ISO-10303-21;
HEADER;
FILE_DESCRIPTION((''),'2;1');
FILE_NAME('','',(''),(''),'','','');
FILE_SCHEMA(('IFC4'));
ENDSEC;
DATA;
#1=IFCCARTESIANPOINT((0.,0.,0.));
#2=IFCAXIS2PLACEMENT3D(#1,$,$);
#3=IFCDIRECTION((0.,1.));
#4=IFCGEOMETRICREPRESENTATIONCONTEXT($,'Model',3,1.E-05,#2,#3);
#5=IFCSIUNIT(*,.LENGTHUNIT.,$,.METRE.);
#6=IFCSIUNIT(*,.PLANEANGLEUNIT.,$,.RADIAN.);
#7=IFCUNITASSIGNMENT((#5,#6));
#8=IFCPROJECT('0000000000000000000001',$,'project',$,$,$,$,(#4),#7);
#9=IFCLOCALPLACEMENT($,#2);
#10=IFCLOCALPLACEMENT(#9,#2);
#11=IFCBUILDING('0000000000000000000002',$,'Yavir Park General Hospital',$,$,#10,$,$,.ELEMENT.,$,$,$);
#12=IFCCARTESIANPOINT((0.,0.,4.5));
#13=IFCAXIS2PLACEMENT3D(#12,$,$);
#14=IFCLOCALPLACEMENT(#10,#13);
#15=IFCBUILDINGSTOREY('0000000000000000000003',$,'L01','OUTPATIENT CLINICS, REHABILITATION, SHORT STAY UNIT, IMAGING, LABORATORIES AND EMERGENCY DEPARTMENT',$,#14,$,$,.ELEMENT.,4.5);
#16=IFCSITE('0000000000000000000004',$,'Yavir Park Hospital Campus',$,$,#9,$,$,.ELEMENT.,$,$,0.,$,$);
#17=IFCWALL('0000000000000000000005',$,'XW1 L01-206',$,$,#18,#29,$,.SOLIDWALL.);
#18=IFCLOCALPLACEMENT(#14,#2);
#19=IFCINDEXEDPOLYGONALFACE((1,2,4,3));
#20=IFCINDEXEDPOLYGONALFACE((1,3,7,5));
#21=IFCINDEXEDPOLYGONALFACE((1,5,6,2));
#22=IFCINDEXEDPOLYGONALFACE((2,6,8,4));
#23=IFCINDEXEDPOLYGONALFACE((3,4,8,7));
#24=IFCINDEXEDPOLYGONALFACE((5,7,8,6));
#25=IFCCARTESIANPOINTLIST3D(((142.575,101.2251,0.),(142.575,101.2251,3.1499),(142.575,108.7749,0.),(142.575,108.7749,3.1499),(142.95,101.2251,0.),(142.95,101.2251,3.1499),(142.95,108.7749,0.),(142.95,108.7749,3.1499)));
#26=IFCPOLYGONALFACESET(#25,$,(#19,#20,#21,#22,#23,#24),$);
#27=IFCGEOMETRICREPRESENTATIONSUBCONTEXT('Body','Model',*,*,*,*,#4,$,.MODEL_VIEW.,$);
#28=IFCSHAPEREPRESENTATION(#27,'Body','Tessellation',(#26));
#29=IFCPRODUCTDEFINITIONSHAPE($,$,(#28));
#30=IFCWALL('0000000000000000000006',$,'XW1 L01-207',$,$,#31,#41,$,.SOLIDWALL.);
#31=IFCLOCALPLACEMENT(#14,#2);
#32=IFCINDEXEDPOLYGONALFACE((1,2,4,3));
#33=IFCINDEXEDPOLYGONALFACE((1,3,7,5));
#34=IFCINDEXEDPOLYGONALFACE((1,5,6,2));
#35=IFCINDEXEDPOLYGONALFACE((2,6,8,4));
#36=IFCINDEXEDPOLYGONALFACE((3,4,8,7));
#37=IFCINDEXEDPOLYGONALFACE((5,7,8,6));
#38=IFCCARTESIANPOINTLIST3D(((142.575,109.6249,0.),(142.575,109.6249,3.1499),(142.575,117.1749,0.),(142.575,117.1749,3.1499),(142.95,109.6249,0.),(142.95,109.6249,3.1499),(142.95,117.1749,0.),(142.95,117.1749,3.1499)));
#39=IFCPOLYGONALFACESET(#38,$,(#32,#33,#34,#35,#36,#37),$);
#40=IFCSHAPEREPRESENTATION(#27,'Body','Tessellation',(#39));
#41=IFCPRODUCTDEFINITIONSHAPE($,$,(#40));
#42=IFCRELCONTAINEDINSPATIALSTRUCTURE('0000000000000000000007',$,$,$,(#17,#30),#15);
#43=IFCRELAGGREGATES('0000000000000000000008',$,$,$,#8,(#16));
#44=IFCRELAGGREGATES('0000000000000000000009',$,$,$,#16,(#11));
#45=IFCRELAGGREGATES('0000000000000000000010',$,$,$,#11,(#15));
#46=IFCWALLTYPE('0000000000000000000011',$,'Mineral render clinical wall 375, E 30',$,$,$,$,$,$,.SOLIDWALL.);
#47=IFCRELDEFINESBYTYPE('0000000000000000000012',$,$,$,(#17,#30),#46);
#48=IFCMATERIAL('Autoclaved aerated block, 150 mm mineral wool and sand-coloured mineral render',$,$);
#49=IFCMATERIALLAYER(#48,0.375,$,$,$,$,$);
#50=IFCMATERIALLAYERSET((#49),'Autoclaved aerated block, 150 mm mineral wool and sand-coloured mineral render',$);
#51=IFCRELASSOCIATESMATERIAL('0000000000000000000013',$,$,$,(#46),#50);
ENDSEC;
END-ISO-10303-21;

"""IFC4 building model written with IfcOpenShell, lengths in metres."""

from ifc_helpers import new_model, si_unit, direction, frame, frame_2d, origin, place, context, subcontext, project, spatial, rectangle, extrude, material, layer, layer_set, type_object, element, save


model = new_model("IFC4")

# Units and contexts
model_context = context("Model", 3, precision=1e-05, world=origin(), true_north=direction((0.0, 1.0)))
body_context = subcontext(model_context, "Body", "Model", "MODEL_VIEW")
ifc_project = project(units=[si_unit("LENGTHUNIT", "METRE"), si_unit("PLANEANGLEUNIT", "RADIAN")], contexts=[model_context])

# Site, building, storey
site_placement = place(None, origin())
site = spatial("IfcSite", under=ifc_project, at=site_placement, Name="Yavir Park Hospital Campus", CompositionType="ELEMENT", RefElevation=0.0)
building_placement = place(site_placement, origin())
building = spatial("IfcBuilding", under=site, at=building_placement, Name="Yavir Park General Hospital", CompositionType="ELEMENT")
storey_placement = place(building_placement, frame((0.0, 0.0, 4.5)))
storey = spatial("IfcBuildingStorey", under=building, at=storey_placement, Name="L01", Description="OUTPATIENT CLINICS, REHABILITATION, SHORT STAY UNIT, IMAGING, LABORATORIES AND EMERGENCY DEPARTMENT", CompositionType="ELEMENT", Elevation=4.5)

# Walls
ifc_material_1 = material(Name="Autoclaved aerated block, 150 mm mineral wool and sand-coloured mineral render")
ifc_layer_1 = layer(ifc_material_1, 0.375)
ifc_layer_set_1 = layer_set([ifc_layer_1], Name="Autoclaved aerated block, 150 mm mineral wool and sand-coloured mineral render")
wall_type_1 = type_object("IfcWallType", Name="Mineral render clinical wall 375, E 30", PredefinedType="SOLIDWALL", material=ifc_layer_set_1)
wall_1_placement = place(storey_placement, frame((142.7625, 101.2251, 0.0), z_axis=(0.0, 0.0, 1.0), x_axis=(0.0, 1.0, 0.0)))
element("IfcWall", 1, at=wall_1_placement, inside=storey, type_object=wall_type_1, Name="XW1 L01-206", PredefinedType="SOLIDWALL", context=body_context, shape_type="SweptSolid", body=[
    extrude(rectangle(XDim=7.5498, YDim=0.375, at=frame_2d((3.7749, 0.0))), origin(), (0.0, 0.0, 1.0), 3.1499),
])
wall_2_placement = place(storey_placement, frame((142.7625, 109.625, 0.0), z_axis=(0.0, 0.0, 1.0), x_axis=(0.0, 1.0, 0.0)))
element("IfcWall", 2, at=wall_2_placement, inside=storey, type_object=wall_type_1, Name="XW1 L01-207", PredefinedType="SOLIDWALL", context=body_context, shape_type="SweptSolid", body=[
    extrude(rectangle(XDim=7.55, YDim=0.375, at=frame_2d((3.7749, 0.0))), origin(), (0.0, 0.0, 1.0), 3.1499),
])

save(model, "model.ifc")
